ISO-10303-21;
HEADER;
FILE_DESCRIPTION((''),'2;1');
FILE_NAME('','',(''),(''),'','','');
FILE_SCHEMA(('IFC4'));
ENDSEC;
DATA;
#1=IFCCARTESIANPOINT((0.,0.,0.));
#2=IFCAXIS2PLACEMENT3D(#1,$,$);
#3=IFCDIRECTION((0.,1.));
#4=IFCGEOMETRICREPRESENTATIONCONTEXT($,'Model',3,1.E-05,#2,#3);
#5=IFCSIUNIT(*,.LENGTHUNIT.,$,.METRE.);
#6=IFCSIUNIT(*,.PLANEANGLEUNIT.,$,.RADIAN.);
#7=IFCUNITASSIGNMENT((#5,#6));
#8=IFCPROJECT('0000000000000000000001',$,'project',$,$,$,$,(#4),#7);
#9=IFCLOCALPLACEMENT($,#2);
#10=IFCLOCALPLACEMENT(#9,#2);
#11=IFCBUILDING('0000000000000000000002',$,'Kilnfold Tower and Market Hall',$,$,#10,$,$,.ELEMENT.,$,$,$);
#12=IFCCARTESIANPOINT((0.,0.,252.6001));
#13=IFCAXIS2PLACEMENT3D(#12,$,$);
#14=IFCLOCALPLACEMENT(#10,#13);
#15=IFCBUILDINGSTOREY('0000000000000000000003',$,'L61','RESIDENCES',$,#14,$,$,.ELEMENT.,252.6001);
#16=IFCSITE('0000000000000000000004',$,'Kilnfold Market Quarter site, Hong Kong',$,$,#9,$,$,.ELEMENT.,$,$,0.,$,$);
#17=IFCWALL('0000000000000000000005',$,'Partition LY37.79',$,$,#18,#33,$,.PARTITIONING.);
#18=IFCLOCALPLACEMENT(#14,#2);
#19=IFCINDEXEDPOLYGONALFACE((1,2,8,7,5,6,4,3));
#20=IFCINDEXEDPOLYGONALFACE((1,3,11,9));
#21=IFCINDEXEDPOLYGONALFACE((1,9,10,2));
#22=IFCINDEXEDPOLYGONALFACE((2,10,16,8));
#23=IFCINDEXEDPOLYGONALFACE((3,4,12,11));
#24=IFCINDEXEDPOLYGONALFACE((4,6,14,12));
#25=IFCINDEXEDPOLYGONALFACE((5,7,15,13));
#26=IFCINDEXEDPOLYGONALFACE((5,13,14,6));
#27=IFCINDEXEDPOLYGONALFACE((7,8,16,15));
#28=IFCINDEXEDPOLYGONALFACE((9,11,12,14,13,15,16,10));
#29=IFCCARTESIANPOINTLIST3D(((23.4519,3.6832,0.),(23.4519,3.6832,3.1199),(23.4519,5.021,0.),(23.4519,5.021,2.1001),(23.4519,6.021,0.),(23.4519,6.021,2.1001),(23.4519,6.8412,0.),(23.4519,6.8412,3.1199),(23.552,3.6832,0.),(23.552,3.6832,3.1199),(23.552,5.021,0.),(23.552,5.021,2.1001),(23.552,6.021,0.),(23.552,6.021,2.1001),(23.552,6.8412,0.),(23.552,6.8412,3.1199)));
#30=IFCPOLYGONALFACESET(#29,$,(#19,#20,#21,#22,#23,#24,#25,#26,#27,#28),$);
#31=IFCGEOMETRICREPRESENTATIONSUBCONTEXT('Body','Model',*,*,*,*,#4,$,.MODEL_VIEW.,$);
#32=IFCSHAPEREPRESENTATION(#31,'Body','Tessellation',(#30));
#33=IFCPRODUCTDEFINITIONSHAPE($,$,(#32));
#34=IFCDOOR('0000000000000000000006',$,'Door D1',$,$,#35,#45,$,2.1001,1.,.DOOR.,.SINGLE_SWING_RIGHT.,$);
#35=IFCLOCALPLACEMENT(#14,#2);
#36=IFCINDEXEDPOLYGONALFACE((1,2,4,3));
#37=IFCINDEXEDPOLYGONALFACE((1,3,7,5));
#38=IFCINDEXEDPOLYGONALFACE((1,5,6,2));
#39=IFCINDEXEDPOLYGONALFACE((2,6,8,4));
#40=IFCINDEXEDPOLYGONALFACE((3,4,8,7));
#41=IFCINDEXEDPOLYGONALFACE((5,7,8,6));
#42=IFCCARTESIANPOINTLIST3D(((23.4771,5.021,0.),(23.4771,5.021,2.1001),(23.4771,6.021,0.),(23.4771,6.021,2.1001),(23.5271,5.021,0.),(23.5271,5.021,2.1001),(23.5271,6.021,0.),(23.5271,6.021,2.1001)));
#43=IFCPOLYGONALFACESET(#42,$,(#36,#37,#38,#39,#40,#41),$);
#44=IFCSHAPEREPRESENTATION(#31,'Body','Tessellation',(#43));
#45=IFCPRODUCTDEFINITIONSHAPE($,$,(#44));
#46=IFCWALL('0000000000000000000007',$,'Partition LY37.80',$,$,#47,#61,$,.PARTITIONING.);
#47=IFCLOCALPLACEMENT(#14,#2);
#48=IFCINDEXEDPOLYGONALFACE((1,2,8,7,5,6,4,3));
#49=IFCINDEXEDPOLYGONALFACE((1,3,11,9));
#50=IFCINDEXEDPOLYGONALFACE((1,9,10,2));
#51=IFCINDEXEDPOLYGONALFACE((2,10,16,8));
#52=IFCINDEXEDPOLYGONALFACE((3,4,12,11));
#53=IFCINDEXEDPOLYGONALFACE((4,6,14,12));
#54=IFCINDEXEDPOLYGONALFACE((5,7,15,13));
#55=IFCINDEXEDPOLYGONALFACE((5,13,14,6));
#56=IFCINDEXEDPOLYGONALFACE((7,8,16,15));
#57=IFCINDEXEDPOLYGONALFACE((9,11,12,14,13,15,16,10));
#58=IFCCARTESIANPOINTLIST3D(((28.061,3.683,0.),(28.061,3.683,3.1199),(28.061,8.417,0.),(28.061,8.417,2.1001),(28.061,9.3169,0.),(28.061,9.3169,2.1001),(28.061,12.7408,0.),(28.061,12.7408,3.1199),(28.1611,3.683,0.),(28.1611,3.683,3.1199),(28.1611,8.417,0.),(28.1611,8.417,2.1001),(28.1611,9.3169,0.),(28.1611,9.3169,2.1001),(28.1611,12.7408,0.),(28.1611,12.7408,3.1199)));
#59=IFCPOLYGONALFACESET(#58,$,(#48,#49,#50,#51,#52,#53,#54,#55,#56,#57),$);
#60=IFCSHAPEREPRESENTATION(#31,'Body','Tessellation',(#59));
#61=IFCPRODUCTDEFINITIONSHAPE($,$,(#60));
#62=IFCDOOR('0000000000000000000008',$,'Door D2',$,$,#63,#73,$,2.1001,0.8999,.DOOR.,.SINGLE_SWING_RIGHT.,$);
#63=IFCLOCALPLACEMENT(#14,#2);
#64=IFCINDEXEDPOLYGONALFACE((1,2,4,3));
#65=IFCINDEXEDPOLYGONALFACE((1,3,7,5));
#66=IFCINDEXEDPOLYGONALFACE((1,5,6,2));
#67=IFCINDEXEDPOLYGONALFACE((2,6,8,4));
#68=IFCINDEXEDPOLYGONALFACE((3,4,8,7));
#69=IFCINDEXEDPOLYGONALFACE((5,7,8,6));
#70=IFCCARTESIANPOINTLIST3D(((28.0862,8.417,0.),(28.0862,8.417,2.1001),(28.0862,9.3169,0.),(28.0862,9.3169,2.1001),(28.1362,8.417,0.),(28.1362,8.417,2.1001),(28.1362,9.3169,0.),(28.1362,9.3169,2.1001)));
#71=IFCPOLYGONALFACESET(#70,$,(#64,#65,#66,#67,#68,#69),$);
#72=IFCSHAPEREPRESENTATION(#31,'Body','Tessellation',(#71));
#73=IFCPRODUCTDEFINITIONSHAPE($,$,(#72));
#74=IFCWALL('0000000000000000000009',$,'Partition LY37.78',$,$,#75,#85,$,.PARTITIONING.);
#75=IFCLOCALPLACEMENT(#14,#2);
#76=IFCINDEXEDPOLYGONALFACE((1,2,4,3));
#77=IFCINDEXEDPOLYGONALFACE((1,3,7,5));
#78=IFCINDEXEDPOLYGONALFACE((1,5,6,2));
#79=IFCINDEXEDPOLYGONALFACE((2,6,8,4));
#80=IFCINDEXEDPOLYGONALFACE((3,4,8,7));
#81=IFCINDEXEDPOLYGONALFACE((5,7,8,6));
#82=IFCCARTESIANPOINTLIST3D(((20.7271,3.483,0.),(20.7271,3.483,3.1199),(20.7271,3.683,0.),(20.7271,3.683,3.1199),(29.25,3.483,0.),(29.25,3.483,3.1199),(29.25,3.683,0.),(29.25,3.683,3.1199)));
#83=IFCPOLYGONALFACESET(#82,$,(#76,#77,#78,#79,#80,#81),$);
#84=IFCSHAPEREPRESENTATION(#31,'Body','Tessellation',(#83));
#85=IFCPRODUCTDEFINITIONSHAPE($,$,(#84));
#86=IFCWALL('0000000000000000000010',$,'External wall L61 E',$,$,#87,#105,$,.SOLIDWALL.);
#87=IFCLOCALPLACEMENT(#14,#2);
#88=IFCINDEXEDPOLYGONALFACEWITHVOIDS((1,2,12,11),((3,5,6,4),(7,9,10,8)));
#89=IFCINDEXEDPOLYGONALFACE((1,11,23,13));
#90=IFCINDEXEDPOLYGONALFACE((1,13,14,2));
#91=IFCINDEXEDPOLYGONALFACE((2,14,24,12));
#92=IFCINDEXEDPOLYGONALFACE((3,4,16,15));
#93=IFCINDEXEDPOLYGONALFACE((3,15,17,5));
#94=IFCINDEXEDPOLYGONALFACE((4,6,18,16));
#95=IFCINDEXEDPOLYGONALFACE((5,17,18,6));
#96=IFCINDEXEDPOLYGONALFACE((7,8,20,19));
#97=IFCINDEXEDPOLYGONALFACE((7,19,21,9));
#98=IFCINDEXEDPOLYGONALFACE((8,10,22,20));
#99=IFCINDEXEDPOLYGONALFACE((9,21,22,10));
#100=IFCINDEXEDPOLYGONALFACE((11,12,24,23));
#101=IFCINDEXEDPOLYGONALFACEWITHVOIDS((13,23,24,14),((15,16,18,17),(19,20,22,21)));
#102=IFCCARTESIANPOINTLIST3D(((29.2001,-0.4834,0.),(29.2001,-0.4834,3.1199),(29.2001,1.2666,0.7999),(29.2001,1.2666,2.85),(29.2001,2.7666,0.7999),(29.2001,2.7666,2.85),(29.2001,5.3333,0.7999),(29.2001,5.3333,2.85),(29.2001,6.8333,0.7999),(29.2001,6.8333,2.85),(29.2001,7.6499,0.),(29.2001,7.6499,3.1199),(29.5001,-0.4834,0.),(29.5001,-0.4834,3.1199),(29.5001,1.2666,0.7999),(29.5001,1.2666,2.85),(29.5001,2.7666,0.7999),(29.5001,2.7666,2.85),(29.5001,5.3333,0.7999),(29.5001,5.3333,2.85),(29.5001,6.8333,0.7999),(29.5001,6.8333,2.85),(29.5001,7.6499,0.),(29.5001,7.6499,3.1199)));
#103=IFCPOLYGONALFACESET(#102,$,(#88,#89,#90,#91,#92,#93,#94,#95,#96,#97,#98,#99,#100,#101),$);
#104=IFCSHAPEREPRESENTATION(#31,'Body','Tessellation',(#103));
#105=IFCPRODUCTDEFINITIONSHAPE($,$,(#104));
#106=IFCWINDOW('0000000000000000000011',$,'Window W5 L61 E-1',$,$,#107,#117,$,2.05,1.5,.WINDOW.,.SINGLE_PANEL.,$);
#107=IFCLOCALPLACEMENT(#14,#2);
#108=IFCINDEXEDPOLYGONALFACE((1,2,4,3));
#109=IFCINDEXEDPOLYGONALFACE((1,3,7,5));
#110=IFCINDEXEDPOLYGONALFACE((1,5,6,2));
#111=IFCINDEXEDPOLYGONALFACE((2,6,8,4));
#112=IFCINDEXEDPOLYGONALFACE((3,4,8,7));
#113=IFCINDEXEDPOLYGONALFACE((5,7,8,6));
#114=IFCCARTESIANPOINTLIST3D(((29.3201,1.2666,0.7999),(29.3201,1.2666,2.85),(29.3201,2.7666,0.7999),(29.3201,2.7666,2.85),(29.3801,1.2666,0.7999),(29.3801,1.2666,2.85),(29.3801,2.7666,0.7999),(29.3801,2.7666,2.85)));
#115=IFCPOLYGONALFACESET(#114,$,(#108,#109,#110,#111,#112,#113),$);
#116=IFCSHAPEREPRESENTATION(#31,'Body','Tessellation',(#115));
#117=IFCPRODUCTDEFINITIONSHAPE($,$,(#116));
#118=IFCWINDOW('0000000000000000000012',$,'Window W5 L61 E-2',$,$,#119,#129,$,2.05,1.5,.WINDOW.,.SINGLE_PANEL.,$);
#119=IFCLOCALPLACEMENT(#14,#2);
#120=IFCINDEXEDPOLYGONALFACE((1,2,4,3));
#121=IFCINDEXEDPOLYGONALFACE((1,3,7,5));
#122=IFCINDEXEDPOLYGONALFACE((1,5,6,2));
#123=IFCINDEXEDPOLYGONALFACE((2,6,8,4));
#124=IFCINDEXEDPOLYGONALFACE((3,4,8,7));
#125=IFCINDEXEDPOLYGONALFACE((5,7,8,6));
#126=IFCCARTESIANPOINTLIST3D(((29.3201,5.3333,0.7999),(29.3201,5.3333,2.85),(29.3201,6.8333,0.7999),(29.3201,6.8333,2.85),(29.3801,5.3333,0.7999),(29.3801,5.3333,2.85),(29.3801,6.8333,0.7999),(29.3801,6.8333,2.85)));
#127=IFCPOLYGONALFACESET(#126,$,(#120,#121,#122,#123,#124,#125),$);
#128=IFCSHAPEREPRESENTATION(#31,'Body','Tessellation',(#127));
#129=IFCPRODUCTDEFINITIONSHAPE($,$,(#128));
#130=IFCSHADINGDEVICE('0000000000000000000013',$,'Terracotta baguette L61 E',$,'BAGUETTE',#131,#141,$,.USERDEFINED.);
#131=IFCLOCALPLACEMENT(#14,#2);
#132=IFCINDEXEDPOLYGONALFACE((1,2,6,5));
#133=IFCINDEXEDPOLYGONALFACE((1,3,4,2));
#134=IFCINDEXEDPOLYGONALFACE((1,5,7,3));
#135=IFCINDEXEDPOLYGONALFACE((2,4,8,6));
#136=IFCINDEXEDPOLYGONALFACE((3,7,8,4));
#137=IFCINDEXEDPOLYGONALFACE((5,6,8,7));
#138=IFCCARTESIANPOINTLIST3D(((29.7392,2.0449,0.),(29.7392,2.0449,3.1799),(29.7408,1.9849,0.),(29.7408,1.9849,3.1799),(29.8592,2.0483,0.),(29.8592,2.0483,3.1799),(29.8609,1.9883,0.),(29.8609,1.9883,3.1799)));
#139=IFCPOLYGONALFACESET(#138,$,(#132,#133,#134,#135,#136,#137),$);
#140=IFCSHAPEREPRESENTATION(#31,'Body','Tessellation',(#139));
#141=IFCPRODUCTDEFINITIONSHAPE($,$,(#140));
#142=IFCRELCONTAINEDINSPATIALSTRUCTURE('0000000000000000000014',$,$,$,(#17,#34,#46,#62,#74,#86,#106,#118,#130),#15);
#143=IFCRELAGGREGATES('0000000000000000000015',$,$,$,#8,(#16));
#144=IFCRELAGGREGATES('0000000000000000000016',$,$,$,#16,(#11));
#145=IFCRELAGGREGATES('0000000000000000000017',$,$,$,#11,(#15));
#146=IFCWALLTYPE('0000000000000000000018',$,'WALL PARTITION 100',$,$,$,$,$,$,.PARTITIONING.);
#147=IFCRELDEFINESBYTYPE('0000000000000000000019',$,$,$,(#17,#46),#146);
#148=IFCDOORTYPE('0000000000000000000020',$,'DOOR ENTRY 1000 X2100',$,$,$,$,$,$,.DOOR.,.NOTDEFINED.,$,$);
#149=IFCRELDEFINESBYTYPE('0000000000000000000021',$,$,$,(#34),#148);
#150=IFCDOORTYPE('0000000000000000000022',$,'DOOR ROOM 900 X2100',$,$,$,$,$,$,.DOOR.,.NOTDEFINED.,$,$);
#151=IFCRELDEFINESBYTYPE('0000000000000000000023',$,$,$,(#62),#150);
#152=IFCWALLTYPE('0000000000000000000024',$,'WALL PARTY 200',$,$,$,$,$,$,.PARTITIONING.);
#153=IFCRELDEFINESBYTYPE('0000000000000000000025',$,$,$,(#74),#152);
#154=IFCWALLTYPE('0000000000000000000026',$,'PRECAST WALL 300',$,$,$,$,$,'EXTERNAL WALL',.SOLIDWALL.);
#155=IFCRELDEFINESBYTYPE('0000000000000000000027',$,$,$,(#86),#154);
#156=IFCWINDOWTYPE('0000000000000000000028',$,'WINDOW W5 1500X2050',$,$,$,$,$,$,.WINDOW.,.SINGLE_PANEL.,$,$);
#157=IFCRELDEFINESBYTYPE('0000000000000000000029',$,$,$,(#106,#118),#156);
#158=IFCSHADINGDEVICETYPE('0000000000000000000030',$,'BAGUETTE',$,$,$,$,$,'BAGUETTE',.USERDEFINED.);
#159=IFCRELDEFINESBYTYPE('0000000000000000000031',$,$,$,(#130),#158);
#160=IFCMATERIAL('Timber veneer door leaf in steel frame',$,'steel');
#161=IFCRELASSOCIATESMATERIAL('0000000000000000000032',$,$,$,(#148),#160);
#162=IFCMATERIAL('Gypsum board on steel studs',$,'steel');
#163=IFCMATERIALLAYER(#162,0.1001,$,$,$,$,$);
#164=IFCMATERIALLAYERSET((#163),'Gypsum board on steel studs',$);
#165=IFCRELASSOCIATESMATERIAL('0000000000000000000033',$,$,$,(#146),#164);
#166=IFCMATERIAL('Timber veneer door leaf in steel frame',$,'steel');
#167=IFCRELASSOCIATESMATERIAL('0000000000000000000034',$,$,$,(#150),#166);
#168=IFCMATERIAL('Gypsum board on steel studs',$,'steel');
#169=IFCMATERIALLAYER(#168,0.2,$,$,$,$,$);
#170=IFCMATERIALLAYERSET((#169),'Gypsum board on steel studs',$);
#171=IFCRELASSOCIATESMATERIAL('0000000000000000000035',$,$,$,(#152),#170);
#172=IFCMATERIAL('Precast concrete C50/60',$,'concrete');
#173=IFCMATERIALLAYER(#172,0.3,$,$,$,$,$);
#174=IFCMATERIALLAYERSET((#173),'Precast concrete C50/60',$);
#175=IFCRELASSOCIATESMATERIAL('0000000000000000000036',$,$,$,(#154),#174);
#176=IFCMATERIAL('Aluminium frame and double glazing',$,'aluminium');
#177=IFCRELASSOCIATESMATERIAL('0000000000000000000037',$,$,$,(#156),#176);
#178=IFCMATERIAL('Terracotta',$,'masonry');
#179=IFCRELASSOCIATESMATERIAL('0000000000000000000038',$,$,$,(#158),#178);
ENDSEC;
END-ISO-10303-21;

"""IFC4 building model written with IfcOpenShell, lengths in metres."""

from ifc_helpers import new_model, si_unit, direction, frame, frame_2d, origin, origin_2d, place, context, subcontext, project, spatial, rectangle, extrude, source, transform, mapped, material, layer, layer_set, material_profile, profile_set, type_object, element, fill, save


model = new_model("IFC4")

# Units and contexts
model_context = context("Model", 3, precision=1e-05, world=origin(), true_north=direction((0.0, 1.0)))
body_context = subcontext(model_context, "Body", "Model", "MODEL_VIEW")
ifc_project = project(units=[si_unit("LENGTHUNIT", "METRE"), si_unit("PLANEANGLEUNIT", "RADIAN")], contexts=[model_context])

# Site, building, storey
site_placement = place(None, origin())
site = spatial("IfcSite", under=ifc_project, at=site_placement, Name="Kilnfold Market Quarter site, Hong Kong", CompositionType="ELEMENT", RefElevation=0.0)
building_placement = place(site_placement, origin())
building = spatial("IfcBuilding", under=site, at=building_placement, Name="Kilnfold Tower and Market Hall", CompositionType="ELEMENT")
storey_placement = place(building_placement, frame((0.0, 0.0, 252.6001)))
storey = spatial("IfcBuildingStorey", under=building, at=storey_placement, Name="L61", Description="RESIDENCES", CompositionType="ELEMENT", Elevation=252.6001)

# Walls, openings, doors
ifc_material_1 = material(Name="Timber veneer door leaf in steel frame", Category="steel")
door_type_1 = type_object("IfcDoorType", Name="DOOR ENTRY 1000 X2100", OperationType="NOTDEFINED", PredefinedType="DOOR", material=ifc_material_1)
ifc_material_2 = material(Name="Gypsum board on steel studs", Category="steel")
ifc_layer_1 = layer(ifc_material_2, 0.1001)
ifc_layer_set_1 = layer_set([ifc_layer_1], Name="Gypsum board on steel studs")
wall_type_1 = type_object("IfcWallType", Name="WALL PARTITION 100", PredefinedType="PARTITIONING", material=ifc_layer_set_1)
ifc_material_3 = material(Name="Timber veneer door leaf in steel frame", Category="steel")
door_type_2 = type_object("IfcDoorType", Name="DOOR ROOM 900 X2100", OperationType="NOTDEFINED", PredefinedType="DOOR", material=ifc_material_3)
wall_1_placement = place(storey_placement, frame((23.502, 3.6831, 0.0), z_axis=(0.0, 0.0, 1.0), x_axis=(0.0, 1.0, 0.0)))
wall_1 = element("IfcWall", 1, at=wall_1_placement, inside=storey, type_object=wall_type_1, Name="Partition LY37.79", PredefinedType="PARTITIONING", context=body_context, shape_type="SweptSolid", body=[
    extrude(rectangle(XDim=3.158, YDim=0.1001, at=frame_2d((1.5791, 0.0))), origin(), (0.0, 0.0, 1.0), 3.1199),
])
opening_1_placement = place(wall_1_placement, frame((1.3379, 0.0, 0.0)))
opening_1 = element("IfcOpeningElement", 2, at=opening_1_placement, cuts=wall_1, PredefinedType="OPENING", context=body_context, shape_type="SweptSolid", body=[
    extrude(rectangle(XDim=1.0, YDim=2.1001, at=frame_2d((0.5, 1.05))), frame((0.0, 0.0601, 0.0), z_axis=(0.0, -1.0, 0.0), x_axis=(1.0, 0.0, 0.0)), (0.0, 0.0, 1.0), 0.1201),
])
door_1_placement = place(opening_1_placement, origin())
door_1 = element("IfcDoor", 3, at=door_1_placement, inside=storey, type_object=door_type_1, Name="Door D1", OperationType="SINGLE_SWING_RIGHT", OverallHeight=2.1001, OverallWidth=1.0, PredefinedType="DOOR", context=body_context, shape_type="SweptSolid", body=[
    extrude(rectangle(XDim=1.0, YDim=2.1001, at=frame_2d((0.5, 1.05))), frame((0.0, 0.0249, 0.0), z_axis=(0.0, -1.0, 0.0), x_axis=(1.0, 0.0, 0.0)), (0.0, 0.0, 1.0), 0.05),
])
fill(opening_1, door_1)
wall_2_placement = place(storey_placement, frame((28.1111, 3.6831, 0.0), z_axis=(0.0, 0.0, 1.0), x_axis=(0.0, 1.0, 0.0)))
wall_2 = element("IfcWall", 4, at=wall_2_placement, inside=storey, type_object=wall_type_1, Name="Partition LY37.80", PredefinedType="PARTITIONING", context=body_context, shape_type="SweptSolid", body=[
    extrude(rectangle(XDim=9.0579, YDim=0.1001, at=frame_2d((4.5288, 0.0))), origin(), (0.0, 0.0, 1.0), 3.1199),
])
opening_2_placement = place(wall_2_placement, frame((4.7339, 0.0, 0.0)))
opening_2 = element("IfcOpeningElement", 5, at=opening_2_placement, cuts=wall_2, PredefinedType="OPENING", context=body_context, shape_type="SweptSolid", body=[
    extrude(rectangle(XDim=0.8999, YDim=2.1001, at=frame_2d((0.45, 1.05))), frame((0.0, 0.0601, 0.0), z_axis=(0.0, -1.0, 0.0), x_axis=(1.0, 0.0, 0.0)), (0.0, 0.0, 1.0), 0.1201),
])
door_2_placement = place(opening_2_placement, origin())
door_2 = element("IfcDoor", 6, at=door_2_placement, inside=storey, type_object=door_type_2, Name="Door D2", OperationType="SINGLE_SWING_RIGHT", OverallHeight=2.1001, OverallWidth=0.8999, PredefinedType="DOOR", context=body_context, shape_type="SweptSolid", body=[
    extrude(rectangle(XDim=0.8999, YDim=2.1001, at=frame_2d((0.45, 1.05))), frame((0.0, 0.0249, 0.0), z_axis=(0.0, -1.0, 0.0), x_axis=(1.0, 0.0, 0.0)), (0.0, 0.0, 1.0), 0.05),
])
fill(opening_2, door_2)

# Wall
ifc_material_4 = material(Name="Gypsum board on steel studs", Category="steel")
ifc_layer_2 = layer(ifc_material_4, 0.2)
ifc_layer_set_2 = layer_set([ifc_layer_2], Name="Gypsum board on steel studs")
wall_type_2 = type_object("IfcWallType", Name="WALL PARTY 200", PredefinedType="PARTITIONING", material=ifc_layer_set_2)
wall_3_placement = place(storey_placement, frame((20.7271, 3.583, 0.0), z_axis=(0.0, 0.0, 1.0), x_axis=(1.0, 0.0, 0.0)))
element("IfcWall", 7, at=wall_3_placement, inside=storey, type_object=wall_type_2, Name="Partition LY37.78", PredefinedType="PARTITIONING", context=body_context, shape_type="SweptSolid", body=[
    extrude(rectangle(XDim=8.5229, YDim=0.2, at=frame_2d((4.2615, 0.0))), origin(), (0.0, 0.0, 1.0), 3.1199),
])

# Wall, openings, windows
ifc_material_5 = material(Name="Precast concrete C50/60", Category="concrete")
ifc_layer_3 = layer(ifc_material_5, 0.3)
ifc_layer_set_3 = layer_set([ifc_layer_3], Name="Precast concrete C50/60")
wall_type_3 = type_object("IfcWallType", Name="PRECAST WALL 300", ElementType="EXTERNAL WALL", PredefinedType="SOLIDWALL", material=ifc_layer_set_3)
shared_shape_1 = source(origin(), body_context, "Body", "SweptSolid", [
    extrude(rectangle(XDim=8.1333, YDim=0.3, at=frame_2d((4.0667, 0.0))), origin(), (0.0, 0.0, 1.0), 3.1199),
])
wall_4_placement = place(storey_placement, frame((29.3501, -0.4834, 0.0), z_axis=(0.0, 0.0, 1.0), x_axis=(0.0, 1.0, 0.0)))
wall_4 = element("IfcWall", 8, at=wall_4_placement, inside=storey, type_object=wall_type_3, Name="External wall L61 E", PredefinedType="SOLIDWALL", context=body_context, shape_type="MappedRepresentation", body=[
    mapped(shared_shape_1, transform((0.0, 0.0, 0.0))),
])
opening_3_placement = place(wall_4_placement, frame((1.75, 0.0, 0.8)))
opening_3 = element("IfcOpeningElement", 9, at=opening_3_placement, cuts=wall_4, PredefinedType="OPENING", context=body_context, shape_type="SweptSolid", body=[
    extrude(rectangle(XDim=1.5, YDim=2.05, at=frame_2d((0.75, 1.0249))), frame((0.0, 0.1602, 0.0), z_axis=(0.0, -1.0, 0.0), x_axis=(1.0, 0.0, 0.0)), (0.0, 0.0, 1.0), 0.3201),
])
opening_4_placement = place(wall_4_placement, frame((5.8167, 0.0, 0.8)))
opening_4 = element("IfcOpeningElement", 10, at=opening_4_placement, cuts=wall_4, PredefinedType="OPENING", context=body_context, shape_type="SweptSolid", body=[
    extrude(rectangle(XDim=1.5, YDim=2.05, at=frame_2d((0.75, 1.0249))), frame((0.0, 0.1602, 0.0), z_axis=(0.0, -1.0, 0.0), x_axis=(1.0, 0.0, 0.0)), (0.0, 0.0, 1.0), 0.3201),
])
ifc_material_6 = material(Name="Aluminium frame and double glazing", Category="aluminium")
window_type = type_object("IfcWindowType", Name="WINDOW W5 1500X2050", PartitioningType="SINGLE_PANEL", PredefinedType="WINDOW", material=ifc_material_6)
window_1_placement = place(opening_3_placement, origin())
window_1 = element("IfcWindow", 11, at=window_1_placement, inside=storey, type_object=window_type, Name="Window W5 L61 E-1", OverallHeight=2.05, OverallWidth=1.5, PartitioningType="SINGLE_PANEL", PredefinedType="WINDOW", context=body_context, shape_type="SweptSolid", body=[
    extrude(rectangle(XDim=1.5, YDim=2.05, at=frame_2d((0.75, 1.0249))), frame((0.0, 0.03, 0.0), z_axis=(0.0, -1.0, 0.0), x_axis=(1.0, 0.0, 0.0)), (0.0, 0.0, 1.0), 0.0601),
])
fill(opening_3, window_1)
window_2_placement = place(opening_4_placement, origin())
window_2 = element("IfcWindow", 12, at=window_2_placement, inside=storey, type_object=window_type, Name="Window W5 L61 E-2", OverallHeight=2.05, OverallWidth=1.5, PartitioningType="SINGLE_PANEL", PredefinedType="WINDOW", context=body_context, shape_type="SweptSolid", body=[
    extrude(rectangle(XDim=1.5, YDim=2.05, at=frame_2d((0.75, 1.0249))), frame((0.0, 0.03, 0.0), z_axis=(0.0, -1.0, 0.0), x_axis=(1.0, 0.0, 0.0)), (0.0, 0.0, 1.0), 0.0601),
])
fill(opening_4, window_2)

# Shading device
ifc_material_7 = material(Name="Terracotta", Category="masonry")
ifc_material_profile_1 = material_profile(ifc_material_7, rectangle(XDim=0.0601, YDim=0.1201, at=origin_2d()), Name="BAG 60x120")
ifc_profile_set_1 = profile_set([ifc_material_profile_1], Name="Terracotta")
shading_device_type = type_object("IfcShadingDeviceType", Name="BAGUETTE", ElementType="BAGUETTE", PredefinedType="USERDEFINED", material=ifc_profile_set_1)
shared_shape_2 = source(origin(), body_context, "Body", "SweptSolid", [
    extrude(rectangle(XDim=0.0601, YDim=0.1201, at=origin_2d()), origin(), (0.0, 0.0, 1.0), 3.1799),
])
shading_device_placement = place(storey_placement, frame((29.8, 2.0166, 0.0), z_axis=(0.0, 0.0, 1.0), x_axis=(-0.027854, 0.999612, 0.0)))
element("IfcShadingDevice", 13, at=shading_device_placement, inside=storey, type_object=shading_device_type, Name="Terracotta baguette L61 E", ObjectType="BAGUETTE", PredefinedType="USERDEFINED", context=body_context, shape_type="MappedRepresentation", body=[
    mapped(shared_shape_2, transform((0.0, 0.0, 0.0))),
])

save(model, "model.ifc")
